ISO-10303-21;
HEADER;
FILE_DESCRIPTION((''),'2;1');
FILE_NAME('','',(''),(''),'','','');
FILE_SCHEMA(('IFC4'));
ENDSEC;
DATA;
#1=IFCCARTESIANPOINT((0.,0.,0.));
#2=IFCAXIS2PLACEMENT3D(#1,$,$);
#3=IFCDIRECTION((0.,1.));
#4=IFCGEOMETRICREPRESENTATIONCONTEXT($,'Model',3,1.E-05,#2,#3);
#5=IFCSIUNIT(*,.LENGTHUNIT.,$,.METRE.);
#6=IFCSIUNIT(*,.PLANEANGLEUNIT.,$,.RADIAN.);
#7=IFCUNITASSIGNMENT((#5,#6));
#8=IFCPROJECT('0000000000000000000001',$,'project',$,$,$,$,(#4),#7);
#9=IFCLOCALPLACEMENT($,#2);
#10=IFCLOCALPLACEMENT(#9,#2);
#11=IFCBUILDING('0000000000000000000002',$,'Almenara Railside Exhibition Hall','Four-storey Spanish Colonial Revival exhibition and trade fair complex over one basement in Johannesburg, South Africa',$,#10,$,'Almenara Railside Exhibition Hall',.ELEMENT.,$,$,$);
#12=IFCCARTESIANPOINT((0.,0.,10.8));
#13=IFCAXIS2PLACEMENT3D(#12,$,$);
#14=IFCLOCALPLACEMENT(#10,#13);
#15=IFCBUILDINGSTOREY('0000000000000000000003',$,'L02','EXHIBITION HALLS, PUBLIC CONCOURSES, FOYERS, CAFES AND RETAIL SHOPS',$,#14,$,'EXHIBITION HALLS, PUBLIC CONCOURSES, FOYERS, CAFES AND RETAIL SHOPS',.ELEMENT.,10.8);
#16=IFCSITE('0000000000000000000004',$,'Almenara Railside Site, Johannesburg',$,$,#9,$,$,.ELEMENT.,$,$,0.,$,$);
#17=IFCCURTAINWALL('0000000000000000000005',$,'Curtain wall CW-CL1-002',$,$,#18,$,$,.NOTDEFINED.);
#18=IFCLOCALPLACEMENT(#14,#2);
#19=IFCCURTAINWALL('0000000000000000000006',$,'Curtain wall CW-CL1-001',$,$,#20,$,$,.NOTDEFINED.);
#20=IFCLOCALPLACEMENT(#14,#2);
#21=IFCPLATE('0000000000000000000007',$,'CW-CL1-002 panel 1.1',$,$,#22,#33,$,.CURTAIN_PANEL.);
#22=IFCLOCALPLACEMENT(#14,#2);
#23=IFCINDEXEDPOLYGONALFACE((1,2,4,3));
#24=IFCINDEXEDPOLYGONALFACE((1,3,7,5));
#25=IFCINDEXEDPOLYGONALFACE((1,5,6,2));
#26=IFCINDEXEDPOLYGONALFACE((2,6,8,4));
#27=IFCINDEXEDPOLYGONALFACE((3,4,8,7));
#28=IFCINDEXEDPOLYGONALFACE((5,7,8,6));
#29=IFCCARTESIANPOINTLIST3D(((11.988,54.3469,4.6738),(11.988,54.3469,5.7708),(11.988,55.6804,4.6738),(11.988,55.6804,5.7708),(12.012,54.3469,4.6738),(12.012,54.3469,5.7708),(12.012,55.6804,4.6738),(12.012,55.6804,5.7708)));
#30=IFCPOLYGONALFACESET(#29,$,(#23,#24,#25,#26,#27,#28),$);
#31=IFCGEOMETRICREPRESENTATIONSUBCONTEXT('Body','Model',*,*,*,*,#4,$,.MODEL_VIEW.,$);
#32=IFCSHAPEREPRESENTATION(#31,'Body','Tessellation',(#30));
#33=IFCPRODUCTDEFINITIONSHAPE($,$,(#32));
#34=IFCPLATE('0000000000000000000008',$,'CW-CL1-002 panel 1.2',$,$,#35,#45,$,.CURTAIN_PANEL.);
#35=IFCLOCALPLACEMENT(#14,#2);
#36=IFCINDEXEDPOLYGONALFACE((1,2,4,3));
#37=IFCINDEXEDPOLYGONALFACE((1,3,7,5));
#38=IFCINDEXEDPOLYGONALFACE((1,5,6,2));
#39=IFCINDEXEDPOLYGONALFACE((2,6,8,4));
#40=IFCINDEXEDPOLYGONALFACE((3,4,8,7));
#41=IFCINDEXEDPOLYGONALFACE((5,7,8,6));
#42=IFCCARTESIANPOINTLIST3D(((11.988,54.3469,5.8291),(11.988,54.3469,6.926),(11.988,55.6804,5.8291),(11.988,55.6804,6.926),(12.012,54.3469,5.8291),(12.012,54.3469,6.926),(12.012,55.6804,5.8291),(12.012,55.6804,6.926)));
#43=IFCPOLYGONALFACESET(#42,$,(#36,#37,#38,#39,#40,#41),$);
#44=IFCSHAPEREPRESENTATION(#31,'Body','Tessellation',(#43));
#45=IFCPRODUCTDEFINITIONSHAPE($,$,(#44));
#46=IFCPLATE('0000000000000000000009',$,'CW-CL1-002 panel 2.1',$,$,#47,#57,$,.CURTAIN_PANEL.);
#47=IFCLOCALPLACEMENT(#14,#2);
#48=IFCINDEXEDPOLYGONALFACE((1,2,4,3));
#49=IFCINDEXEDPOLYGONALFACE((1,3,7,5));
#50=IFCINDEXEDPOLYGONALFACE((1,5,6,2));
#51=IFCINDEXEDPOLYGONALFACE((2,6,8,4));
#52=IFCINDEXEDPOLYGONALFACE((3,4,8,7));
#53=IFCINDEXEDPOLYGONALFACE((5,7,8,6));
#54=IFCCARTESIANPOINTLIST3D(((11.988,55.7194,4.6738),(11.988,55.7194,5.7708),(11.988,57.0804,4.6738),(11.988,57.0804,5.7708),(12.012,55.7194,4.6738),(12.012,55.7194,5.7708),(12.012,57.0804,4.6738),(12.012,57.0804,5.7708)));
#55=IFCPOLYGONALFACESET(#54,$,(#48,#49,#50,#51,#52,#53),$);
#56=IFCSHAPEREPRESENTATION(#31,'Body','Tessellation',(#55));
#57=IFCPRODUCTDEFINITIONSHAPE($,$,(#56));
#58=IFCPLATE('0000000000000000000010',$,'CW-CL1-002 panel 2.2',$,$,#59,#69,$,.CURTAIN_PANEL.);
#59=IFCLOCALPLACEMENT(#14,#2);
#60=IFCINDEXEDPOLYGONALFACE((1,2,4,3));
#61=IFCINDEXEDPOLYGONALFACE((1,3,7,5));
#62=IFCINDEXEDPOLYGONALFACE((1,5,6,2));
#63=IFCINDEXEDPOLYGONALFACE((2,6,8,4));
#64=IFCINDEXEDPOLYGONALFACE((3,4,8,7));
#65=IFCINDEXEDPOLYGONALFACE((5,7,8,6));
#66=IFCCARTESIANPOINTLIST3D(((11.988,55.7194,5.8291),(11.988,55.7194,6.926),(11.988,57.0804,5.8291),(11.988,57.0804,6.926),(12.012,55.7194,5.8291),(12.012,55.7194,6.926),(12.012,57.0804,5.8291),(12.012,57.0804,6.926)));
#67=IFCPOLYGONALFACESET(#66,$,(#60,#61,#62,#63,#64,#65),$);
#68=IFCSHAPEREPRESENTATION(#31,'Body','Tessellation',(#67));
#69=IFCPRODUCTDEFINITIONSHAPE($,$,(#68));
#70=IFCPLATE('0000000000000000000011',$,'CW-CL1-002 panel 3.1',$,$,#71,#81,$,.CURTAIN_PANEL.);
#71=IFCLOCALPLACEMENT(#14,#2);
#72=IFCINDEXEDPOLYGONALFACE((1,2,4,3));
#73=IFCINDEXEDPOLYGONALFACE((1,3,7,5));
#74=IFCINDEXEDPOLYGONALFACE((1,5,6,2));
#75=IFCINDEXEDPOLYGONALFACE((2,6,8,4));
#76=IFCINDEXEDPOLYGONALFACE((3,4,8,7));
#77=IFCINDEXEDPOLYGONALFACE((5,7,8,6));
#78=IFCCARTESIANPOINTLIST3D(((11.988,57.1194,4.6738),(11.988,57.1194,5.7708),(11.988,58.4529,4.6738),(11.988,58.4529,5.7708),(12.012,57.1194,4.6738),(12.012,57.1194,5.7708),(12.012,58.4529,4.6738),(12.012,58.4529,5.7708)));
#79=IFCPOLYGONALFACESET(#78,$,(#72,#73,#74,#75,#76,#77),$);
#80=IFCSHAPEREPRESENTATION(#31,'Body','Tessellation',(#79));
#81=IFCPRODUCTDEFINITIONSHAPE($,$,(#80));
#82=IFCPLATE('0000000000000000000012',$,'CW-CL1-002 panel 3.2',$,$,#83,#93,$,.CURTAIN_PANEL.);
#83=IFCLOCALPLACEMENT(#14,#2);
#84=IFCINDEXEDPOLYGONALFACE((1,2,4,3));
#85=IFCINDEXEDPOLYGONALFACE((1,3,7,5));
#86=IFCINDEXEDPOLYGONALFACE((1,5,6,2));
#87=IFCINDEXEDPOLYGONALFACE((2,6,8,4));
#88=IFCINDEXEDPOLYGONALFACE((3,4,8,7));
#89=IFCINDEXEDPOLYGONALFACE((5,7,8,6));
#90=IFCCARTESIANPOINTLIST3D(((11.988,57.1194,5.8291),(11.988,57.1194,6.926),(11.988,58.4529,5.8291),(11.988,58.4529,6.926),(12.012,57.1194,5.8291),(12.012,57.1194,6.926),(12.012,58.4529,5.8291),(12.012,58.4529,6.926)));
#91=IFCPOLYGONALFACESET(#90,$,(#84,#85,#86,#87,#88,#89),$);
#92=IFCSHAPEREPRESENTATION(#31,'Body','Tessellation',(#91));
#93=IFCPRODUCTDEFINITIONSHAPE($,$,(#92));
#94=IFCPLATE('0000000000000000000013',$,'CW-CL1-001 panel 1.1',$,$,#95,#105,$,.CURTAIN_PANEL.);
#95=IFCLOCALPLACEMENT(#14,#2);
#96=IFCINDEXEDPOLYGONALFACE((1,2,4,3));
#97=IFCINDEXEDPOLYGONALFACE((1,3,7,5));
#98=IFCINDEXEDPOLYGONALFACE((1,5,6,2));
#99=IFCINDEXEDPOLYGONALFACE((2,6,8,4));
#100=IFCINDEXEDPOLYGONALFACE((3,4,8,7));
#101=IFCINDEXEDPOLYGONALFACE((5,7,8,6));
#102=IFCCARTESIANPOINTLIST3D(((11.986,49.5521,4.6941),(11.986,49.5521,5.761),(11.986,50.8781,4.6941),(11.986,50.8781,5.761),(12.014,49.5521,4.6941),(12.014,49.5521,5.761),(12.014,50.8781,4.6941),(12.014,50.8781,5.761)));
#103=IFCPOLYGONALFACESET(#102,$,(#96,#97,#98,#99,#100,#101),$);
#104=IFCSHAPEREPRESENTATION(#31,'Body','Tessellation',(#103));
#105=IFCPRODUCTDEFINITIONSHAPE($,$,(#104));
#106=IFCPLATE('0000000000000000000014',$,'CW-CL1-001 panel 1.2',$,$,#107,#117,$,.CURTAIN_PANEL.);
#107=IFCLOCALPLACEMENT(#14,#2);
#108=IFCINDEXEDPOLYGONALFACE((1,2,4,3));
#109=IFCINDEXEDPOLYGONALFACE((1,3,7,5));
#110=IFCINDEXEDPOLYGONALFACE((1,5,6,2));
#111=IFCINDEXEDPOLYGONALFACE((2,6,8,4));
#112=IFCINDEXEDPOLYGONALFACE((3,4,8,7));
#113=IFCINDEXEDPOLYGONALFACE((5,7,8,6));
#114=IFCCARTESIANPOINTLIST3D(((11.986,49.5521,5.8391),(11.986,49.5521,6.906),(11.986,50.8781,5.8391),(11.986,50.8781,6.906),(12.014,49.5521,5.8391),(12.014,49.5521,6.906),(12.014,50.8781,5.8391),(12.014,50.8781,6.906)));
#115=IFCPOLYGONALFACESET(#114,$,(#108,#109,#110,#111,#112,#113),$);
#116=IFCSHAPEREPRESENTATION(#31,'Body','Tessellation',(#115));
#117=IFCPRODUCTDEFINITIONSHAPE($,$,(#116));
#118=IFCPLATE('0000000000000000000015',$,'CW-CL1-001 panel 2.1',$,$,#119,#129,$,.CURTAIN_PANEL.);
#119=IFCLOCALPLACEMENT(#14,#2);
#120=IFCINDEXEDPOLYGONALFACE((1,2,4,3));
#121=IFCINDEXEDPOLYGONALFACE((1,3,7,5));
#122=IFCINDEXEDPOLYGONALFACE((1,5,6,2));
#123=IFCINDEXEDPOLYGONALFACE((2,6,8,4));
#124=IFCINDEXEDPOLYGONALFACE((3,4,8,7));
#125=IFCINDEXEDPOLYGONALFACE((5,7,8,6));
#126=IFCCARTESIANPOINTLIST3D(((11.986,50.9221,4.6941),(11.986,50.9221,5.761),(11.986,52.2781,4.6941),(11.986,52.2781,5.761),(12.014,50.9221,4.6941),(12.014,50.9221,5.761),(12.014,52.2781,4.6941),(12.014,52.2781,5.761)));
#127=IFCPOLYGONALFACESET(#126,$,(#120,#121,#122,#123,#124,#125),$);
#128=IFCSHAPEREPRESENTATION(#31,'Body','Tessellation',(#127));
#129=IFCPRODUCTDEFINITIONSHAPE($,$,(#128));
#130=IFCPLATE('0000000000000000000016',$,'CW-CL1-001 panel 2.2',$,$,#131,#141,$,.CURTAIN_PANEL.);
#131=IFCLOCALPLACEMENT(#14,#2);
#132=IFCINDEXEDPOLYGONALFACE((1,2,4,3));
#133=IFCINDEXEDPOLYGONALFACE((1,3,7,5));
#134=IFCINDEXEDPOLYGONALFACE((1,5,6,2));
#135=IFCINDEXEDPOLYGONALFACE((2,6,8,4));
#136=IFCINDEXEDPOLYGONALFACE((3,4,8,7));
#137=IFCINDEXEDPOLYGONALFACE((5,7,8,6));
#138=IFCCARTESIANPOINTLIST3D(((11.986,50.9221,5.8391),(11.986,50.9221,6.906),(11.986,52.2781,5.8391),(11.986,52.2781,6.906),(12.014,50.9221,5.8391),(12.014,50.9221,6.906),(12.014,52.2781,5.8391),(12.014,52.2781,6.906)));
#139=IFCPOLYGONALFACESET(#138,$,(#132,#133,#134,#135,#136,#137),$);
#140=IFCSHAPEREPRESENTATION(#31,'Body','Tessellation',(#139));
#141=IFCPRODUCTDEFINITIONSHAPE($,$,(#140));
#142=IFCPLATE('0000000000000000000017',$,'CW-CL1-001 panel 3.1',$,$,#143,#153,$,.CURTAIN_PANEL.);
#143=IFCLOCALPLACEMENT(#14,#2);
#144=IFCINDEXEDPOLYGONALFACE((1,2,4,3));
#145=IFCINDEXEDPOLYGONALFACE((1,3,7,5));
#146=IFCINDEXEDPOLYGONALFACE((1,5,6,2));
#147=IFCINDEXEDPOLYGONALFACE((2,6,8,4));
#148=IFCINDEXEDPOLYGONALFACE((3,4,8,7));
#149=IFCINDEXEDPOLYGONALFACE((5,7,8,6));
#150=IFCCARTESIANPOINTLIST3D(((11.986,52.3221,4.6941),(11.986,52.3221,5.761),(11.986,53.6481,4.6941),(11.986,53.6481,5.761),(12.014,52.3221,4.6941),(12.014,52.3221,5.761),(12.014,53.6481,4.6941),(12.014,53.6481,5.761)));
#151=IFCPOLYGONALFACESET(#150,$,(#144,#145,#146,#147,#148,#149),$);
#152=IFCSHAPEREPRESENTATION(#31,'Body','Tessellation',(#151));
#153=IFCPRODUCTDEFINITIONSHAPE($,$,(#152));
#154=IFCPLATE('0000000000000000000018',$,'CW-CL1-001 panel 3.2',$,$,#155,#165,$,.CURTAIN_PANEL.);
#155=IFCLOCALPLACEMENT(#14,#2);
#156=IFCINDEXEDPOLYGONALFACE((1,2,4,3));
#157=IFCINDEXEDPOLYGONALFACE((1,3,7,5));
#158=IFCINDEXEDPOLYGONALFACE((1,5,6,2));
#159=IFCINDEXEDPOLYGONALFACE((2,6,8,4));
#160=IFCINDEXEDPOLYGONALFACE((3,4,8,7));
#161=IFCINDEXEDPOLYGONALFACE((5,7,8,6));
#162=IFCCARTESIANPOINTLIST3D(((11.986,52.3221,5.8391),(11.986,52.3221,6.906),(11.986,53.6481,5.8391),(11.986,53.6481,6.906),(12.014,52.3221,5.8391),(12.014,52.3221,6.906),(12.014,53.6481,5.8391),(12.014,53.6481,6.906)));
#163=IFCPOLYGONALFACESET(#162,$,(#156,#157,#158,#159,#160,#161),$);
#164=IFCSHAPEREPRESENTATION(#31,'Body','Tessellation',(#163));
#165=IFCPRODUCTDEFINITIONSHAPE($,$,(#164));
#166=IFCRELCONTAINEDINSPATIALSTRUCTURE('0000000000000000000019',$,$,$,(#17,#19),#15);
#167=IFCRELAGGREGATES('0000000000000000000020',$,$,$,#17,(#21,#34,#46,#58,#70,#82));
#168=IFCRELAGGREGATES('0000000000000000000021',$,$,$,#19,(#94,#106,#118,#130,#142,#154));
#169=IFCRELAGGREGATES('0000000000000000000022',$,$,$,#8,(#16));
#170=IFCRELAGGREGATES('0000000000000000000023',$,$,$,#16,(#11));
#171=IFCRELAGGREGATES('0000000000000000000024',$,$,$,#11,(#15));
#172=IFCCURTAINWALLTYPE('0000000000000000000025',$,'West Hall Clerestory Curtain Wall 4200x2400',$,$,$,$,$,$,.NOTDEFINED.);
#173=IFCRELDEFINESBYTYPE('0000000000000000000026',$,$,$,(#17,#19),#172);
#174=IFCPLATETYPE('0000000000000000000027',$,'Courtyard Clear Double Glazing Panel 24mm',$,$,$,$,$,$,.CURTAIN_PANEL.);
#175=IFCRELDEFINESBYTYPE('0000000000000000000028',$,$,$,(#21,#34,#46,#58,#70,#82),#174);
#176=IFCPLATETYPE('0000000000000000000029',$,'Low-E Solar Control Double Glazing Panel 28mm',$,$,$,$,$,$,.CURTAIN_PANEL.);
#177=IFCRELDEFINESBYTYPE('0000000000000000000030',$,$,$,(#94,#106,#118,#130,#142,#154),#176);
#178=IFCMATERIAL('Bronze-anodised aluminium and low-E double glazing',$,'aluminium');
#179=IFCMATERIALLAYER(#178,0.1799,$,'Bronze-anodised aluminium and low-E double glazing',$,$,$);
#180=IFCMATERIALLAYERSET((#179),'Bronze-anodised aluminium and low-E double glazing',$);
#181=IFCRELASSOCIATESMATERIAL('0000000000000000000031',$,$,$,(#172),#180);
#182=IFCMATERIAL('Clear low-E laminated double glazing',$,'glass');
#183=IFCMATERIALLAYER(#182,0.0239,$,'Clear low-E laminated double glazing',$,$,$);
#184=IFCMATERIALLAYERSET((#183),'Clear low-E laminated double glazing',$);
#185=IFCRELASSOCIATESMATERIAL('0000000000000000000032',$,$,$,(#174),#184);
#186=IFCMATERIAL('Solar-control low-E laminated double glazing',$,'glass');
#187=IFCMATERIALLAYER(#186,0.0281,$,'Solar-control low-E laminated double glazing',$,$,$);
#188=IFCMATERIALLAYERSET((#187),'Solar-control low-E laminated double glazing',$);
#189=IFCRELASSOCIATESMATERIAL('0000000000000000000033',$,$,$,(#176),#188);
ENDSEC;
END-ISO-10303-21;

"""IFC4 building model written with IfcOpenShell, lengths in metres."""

from ifc_helpers import new_model, si_unit, direction, frame, origin, origin_2d, place, context, subcontext, project, spatial, rectangle, extrude, material, layer, layer_set, type_object, element, aggregate, save


model = new_model("IFC4")

# Units and contexts
model_context = context("Model", 3, precision=1e-05, world=origin(), true_north=direction((0.0, 1.0)))
body_context = subcontext(model_context, "Body", "Model", "MODEL_VIEW")
ifc_project = project(units=[si_unit("LENGTHUNIT", "METRE"), si_unit("PLANEANGLEUNIT", "RADIAN")], contexts=[model_context])

# Site, building, storey
site_placement = place(None, origin())
site = spatial("IfcSite", under=ifc_project, at=site_placement, Name="Almenara Railside Site, Johannesburg", CompositionType="ELEMENT", RefElevation=0.0)
building_placement = place(site_placement, origin())
building = spatial("IfcBuilding", under=site, at=building_placement, Name="Almenara Railside Exhibition Hall", Description="Four-storey Spanish Colonial Revival exhibition and trade fair complex over one basement in Johannesburg, South Africa", LongName="Almenara Railside Exhibition Hall", CompositionType="ELEMENT")
storey_placement = place(building_placement, frame((0.0, 0.0, 10.8)))
storey = spatial("IfcBuildingStorey", under=building, at=storey_placement, Name="L02", Description="EXHIBITION HALLS, PUBLIC CONCOURSES, FOYERS, CAFES AND RETAIL SHOPS", LongName="EXHIBITION HALLS, PUBLIC CONCOURSES, FOYERS, CAFES AND RETAIL SHOPS", CompositionType="ELEMENT", Elevation=10.8)

# Curtain walls
ifc_material_1 = material(Name="Bronze-anodised aluminium and low-E double glazing", Category="aluminium")
ifc_layer_1 = layer(ifc_material_1, 0.1799, Name="Bronze-anodised aluminium and low-E double glazing")
ifc_layer_set_1 = layer_set([ifc_layer_1], Name="Bronze-anodised aluminium and low-E double glazing")
curtain_wall_type = type_object("IfcCurtainWallType", Name="West Hall Clerestory Curtain Wall 4200x2400", PredefinedType="NOTDEFINED", material=ifc_layer_set_1)
curtain_wall_1_placement = place(storey_placement, origin())
curtain_wall_1 = element("IfcCurtainWall", 1, at=curtain_wall_1_placement, inside=storey, type_object=curtain_wall_type, Name="Curtain wall CW-CL1-002", PredefinedType="NOTDEFINED")
curtain_wall_2_placement = place(storey_placement, origin())
curtain_wall_2 = element("IfcCurtainWall", 2, at=curtain_wall_2_placement, inside=storey, type_object=curtain_wall_type, Name="Curtain wall CW-CL1-001", PredefinedType="NOTDEFINED")

# Plates
ifc_material_2 = material(Name="Clear low-E laminated double glazing", Category="glass")
ifc_layer_2 = layer(ifc_material_2, 0.0239, Name="Clear low-E laminated double glazing")
ifc_layer_set_2 = layer_set([ifc_layer_2], Name="Clear low-E laminated double glazing")
plate_type_1 = type_object("IfcPlateType", Name="Courtyard Clear Double Glazing Panel 24mm", PredefinedType="CURTAIN_PANEL", material=ifc_layer_set_2)
plate_1_placement = place(storey_placement, frame((12.0, 55.0137, 4.6738), z_axis=(0.0, 0.0, 1.0), x_axis=(0.0, 1.0, 0.0)))
plate_1 = element("IfcPlate", 3, at=plate_1_placement, type_object=plate_type_1, Name="CW-CL1-002 panel 1.1", PredefinedType="CURTAIN_PANEL", context=body_context, shape_type="SweptSolid", body=[
    extrude(rectangle(XDim=1.3335, YDim=0.0239, at=origin_2d()), origin(), (0.0, 0.0, 1.0), 1.0969),
])
plate_2_placement = place(storey_placement, frame((12.0, 55.0137, 5.8291), z_axis=(0.0, 0.0, 1.0), x_axis=(0.0, 1.0, 0.0)))
plate_2 = element("IfcPlate", 4, at=plate_2_placement, type_object=plate_type_1, Name="CW-CL1-002 panel 1.2", PredefinedType="CURTAIN_PANEL", context=body_context, shape_type="SweptSolid", body=[
    extrude(rectangle(XDim=1.3335, YDim=0.0239, at=origin_2d()), origin(), (0.0, 0.0, 1.0), 1.0969),
])
plate_3_placement = place(storey_placement, frame((12.0, 56.3999, 4.6738), z_axis=(0.0, 0.0, 1.0), x_axis=(0.0, 1.0, 0.0)))
plate_3 = element("IfcPlate", 5, at=plate_3_placement, type_object=plate_type_1, Name="CW-CL1-002 panel 2.1", PredefinedType="CURTAIN_PANEL", context=body_context, shape_type="SweptSolid", body=[
    extrude(rectangle(XDim=1.3611, YDim=0.0239, at=origin_2d()), origin(), (0.0, 0.0, 1.0), 1.0969),
])
plate_4_placement = place(storey_placement, frame((12.0, 56.3999, 5.8291), z_axis=(0.0, 0.0, 1.0), x_axis=(0.0, 1.0, 0.0)))
plate_4 = element("IfcPlate", 6, at=plate_4_placement, type_object=plate_type_1, Name="CW-CL1-002 panel 2.2", PredefinedType="CURTAIN_PANEL", context=body_context, shape_type="SweptSolid", body=[
    extrude(rectangle(XDim=1.3611, YDim=0.0239, at=origin_2d()), origin(), (0.0, 0.0, 1.0), 1.0969),
])
plate_5_placement = place(storey_placement, frame((12.0, 57.7861, 4.6738), z_axis=(0.0, 0.0, 1.0), x_axis=(0.0, 1.0, 0.0)))
plate_5 = element("IfcPlate", 7, at=plate_5_placement, type_object=plate_type_1, Name="CW-CL1-002 panel 3.1", PredefinedType="CURTAIN_PANEL", context=body_context, shape_type="SweptSolid", body=[
    extrude(rectangle(XDim=1.3335, YDim=0.0239, at=origin_2d()), origin(), (0.0, 0.0, 1.0), 1.0969),
])
plate_6_placement = place(storey_placement, frame((12.0, 57.7861, 5.8291), z_axis=(0.0, 0.0, 1.0), x_axis=(0.0, 1.0, 0.0)))
plate_6 = element("IfcPlate", 8, at=plate_6_placement, type_object=plate_type_1, Name="CW-CL1-002 panel 3.2", PredefinedType="CURTAIN_PANEL", context=body_context, shape_type="SweptSolid", body=[
    extrude(rectangle(XDim=1.3335, YDim=0.0239, at=origin_2d()), origin(), (0.0, 0.0, 1.0), 1.0969),
])
aggregate(curtain_wall_1, [plate_1, plate_2, plate_3, plate_4, plate_5, plate_6])
ifc_material_3 = material(Name="Solar-control low-E laminated double glazing", Category="glass")
ifc_layer_3 = layer(ifc_material_3, 0.0281, Name="Solar-control low-E laminated double glazing")
ifc_layer_set_3 = layer_set([ifc_layer_3], Name="Solar-control low-E laminated double glazing")
plate_type_2 = type_object("IfcPlateType", Name="Low-E Solar Control Double Glazing Panel 28mm", PredefinedType="CURTAIN_PANEL", material=ifc_layer_set_3)
plate_7_placement = place(storey_placement, frame((12.0, 50.2151, 4.6941), z_axis=(0.0, 0.0, 1.0), x_axis=(0.0, 1.0, 0.0)))
plate_7 = element("IfcPlate", 9, at=plate_7_placement, type_object=plate_type_2, Name="CW-CL1-001 panel 1.1", PredefinedType="CURTAIN_PANEL", context=body_context, shape_type="SweptSolid", body=[
    extrude(rectangle(XDim=1.3259, YDim=0.0281, at=origin_2d()), origin(), (0.0, 0.0, 1.0), 1.0669),
])
plate_8_placement = place(storey_placement, frame((12.0, 50.2151, 5.8391), z_axis=(0.0, 0.0, 1.0), x_axis=(0.0, 1.0, 0.0)))
plate_8 = element("IfcPlate", 10, at=plate_8_placement, type_object=plate_type_2, Name="CW-CL1-001 panel 1.2", PredefinedType="CURTAIN_PANEL", context=body_context, shape_type="SweptSolid", body=[
    extrude(rectangle(XDim=1.3259, YDim=0.0281, at=origin_2d()), origin(), (0.0, 0.0, 1.0), 1.0669),
])
plate_9_placement = place(storey_placement, frame((12.0, 51.6001, 4.6941), z_axis=(0.0, 0.0, 1.0), x_axis=(0.0, 1.0, 0.0)))
plate_9 = element("IfcPlate", 11, at=plate_9_placement, type_object=plate_type_2, Name="CW-CL1-001 panel 2.1", PredefinedType="CURTAIN_PANEL", context=body_context, shape_type="SweptSolid", body=[
    extrude(rectangle(XDim=1.356, YDim=0.0281, at=origin_2d()), origin(), (0.0, 0.0, 1.0), 1.0669),
])
plate_10_placement = place(storey_placement, frame((12.0, 51.6001, 5.8391), z_axis=(0.0, 0.0, 1.0), x_axis=(0.0, 1.0, 0.0)))
plate_10 = element("IfcPlate", 12, at=plate_10_placement, type_object=plate_type_2, Name="CW-CL1-001 panel 2.2", PredefinedType="CURTAIN_PANEL", context=body_context, shape_type="SweptSolid", body=[
    extrude(rectangle(XDim=1.356, YDim=0.0281, at=origin_2d()), origin(), (0.0, 0.0, 1.0), 1.0669),
])
plate_11_placement = place(storey_placement, frame((12.0, 52.9851, 4.6941), z_axis=(0.0, 0.0, 1.0), x_axis=(0.0, 1.0, 0.0)))
plate_11 = element("IfcPlate", 13, at=plate_11_placement, type_object=plate_type_2, Name="CW-CL1-001 panel 3.1", PredefinedType="CURTAIN_PANEL", context=body_context, shape_type="SweptSolid", body=[
    extrude(rectangle(XDim=1.3259, YDim=0.0281, at=origin_2d()), origin(), (0.0, 0.0, 1.0), 1.0669),
])
plate_12_placement = place(storey_placement, frame((12.0, 52.9851, 5.8391), z_axis=(0.0, 0.0, 1.0), x_axis=(0.0, 1.0, 0.0)))
plate_12 = element("IfcPlate", 14, at=plate_12_placement, type_object=plate_type_2, Name="CW-CL1-001 panel 3.2", PredefinedType="CURTAIN_PANEL", context=body_context, shape_type="SweptSolid", body=[
    extrude(rectangle(XDim=1.3259, YDim=0.0281, at=origin_2d()), origin(), (0.0, 0.0, 1.0), 1.0669),
])
aggregate(curtain_wall_2, [plate_7, plate_8, plate_9, plate_10, plate_11, plate_12])

save(model, "model.ifc")
